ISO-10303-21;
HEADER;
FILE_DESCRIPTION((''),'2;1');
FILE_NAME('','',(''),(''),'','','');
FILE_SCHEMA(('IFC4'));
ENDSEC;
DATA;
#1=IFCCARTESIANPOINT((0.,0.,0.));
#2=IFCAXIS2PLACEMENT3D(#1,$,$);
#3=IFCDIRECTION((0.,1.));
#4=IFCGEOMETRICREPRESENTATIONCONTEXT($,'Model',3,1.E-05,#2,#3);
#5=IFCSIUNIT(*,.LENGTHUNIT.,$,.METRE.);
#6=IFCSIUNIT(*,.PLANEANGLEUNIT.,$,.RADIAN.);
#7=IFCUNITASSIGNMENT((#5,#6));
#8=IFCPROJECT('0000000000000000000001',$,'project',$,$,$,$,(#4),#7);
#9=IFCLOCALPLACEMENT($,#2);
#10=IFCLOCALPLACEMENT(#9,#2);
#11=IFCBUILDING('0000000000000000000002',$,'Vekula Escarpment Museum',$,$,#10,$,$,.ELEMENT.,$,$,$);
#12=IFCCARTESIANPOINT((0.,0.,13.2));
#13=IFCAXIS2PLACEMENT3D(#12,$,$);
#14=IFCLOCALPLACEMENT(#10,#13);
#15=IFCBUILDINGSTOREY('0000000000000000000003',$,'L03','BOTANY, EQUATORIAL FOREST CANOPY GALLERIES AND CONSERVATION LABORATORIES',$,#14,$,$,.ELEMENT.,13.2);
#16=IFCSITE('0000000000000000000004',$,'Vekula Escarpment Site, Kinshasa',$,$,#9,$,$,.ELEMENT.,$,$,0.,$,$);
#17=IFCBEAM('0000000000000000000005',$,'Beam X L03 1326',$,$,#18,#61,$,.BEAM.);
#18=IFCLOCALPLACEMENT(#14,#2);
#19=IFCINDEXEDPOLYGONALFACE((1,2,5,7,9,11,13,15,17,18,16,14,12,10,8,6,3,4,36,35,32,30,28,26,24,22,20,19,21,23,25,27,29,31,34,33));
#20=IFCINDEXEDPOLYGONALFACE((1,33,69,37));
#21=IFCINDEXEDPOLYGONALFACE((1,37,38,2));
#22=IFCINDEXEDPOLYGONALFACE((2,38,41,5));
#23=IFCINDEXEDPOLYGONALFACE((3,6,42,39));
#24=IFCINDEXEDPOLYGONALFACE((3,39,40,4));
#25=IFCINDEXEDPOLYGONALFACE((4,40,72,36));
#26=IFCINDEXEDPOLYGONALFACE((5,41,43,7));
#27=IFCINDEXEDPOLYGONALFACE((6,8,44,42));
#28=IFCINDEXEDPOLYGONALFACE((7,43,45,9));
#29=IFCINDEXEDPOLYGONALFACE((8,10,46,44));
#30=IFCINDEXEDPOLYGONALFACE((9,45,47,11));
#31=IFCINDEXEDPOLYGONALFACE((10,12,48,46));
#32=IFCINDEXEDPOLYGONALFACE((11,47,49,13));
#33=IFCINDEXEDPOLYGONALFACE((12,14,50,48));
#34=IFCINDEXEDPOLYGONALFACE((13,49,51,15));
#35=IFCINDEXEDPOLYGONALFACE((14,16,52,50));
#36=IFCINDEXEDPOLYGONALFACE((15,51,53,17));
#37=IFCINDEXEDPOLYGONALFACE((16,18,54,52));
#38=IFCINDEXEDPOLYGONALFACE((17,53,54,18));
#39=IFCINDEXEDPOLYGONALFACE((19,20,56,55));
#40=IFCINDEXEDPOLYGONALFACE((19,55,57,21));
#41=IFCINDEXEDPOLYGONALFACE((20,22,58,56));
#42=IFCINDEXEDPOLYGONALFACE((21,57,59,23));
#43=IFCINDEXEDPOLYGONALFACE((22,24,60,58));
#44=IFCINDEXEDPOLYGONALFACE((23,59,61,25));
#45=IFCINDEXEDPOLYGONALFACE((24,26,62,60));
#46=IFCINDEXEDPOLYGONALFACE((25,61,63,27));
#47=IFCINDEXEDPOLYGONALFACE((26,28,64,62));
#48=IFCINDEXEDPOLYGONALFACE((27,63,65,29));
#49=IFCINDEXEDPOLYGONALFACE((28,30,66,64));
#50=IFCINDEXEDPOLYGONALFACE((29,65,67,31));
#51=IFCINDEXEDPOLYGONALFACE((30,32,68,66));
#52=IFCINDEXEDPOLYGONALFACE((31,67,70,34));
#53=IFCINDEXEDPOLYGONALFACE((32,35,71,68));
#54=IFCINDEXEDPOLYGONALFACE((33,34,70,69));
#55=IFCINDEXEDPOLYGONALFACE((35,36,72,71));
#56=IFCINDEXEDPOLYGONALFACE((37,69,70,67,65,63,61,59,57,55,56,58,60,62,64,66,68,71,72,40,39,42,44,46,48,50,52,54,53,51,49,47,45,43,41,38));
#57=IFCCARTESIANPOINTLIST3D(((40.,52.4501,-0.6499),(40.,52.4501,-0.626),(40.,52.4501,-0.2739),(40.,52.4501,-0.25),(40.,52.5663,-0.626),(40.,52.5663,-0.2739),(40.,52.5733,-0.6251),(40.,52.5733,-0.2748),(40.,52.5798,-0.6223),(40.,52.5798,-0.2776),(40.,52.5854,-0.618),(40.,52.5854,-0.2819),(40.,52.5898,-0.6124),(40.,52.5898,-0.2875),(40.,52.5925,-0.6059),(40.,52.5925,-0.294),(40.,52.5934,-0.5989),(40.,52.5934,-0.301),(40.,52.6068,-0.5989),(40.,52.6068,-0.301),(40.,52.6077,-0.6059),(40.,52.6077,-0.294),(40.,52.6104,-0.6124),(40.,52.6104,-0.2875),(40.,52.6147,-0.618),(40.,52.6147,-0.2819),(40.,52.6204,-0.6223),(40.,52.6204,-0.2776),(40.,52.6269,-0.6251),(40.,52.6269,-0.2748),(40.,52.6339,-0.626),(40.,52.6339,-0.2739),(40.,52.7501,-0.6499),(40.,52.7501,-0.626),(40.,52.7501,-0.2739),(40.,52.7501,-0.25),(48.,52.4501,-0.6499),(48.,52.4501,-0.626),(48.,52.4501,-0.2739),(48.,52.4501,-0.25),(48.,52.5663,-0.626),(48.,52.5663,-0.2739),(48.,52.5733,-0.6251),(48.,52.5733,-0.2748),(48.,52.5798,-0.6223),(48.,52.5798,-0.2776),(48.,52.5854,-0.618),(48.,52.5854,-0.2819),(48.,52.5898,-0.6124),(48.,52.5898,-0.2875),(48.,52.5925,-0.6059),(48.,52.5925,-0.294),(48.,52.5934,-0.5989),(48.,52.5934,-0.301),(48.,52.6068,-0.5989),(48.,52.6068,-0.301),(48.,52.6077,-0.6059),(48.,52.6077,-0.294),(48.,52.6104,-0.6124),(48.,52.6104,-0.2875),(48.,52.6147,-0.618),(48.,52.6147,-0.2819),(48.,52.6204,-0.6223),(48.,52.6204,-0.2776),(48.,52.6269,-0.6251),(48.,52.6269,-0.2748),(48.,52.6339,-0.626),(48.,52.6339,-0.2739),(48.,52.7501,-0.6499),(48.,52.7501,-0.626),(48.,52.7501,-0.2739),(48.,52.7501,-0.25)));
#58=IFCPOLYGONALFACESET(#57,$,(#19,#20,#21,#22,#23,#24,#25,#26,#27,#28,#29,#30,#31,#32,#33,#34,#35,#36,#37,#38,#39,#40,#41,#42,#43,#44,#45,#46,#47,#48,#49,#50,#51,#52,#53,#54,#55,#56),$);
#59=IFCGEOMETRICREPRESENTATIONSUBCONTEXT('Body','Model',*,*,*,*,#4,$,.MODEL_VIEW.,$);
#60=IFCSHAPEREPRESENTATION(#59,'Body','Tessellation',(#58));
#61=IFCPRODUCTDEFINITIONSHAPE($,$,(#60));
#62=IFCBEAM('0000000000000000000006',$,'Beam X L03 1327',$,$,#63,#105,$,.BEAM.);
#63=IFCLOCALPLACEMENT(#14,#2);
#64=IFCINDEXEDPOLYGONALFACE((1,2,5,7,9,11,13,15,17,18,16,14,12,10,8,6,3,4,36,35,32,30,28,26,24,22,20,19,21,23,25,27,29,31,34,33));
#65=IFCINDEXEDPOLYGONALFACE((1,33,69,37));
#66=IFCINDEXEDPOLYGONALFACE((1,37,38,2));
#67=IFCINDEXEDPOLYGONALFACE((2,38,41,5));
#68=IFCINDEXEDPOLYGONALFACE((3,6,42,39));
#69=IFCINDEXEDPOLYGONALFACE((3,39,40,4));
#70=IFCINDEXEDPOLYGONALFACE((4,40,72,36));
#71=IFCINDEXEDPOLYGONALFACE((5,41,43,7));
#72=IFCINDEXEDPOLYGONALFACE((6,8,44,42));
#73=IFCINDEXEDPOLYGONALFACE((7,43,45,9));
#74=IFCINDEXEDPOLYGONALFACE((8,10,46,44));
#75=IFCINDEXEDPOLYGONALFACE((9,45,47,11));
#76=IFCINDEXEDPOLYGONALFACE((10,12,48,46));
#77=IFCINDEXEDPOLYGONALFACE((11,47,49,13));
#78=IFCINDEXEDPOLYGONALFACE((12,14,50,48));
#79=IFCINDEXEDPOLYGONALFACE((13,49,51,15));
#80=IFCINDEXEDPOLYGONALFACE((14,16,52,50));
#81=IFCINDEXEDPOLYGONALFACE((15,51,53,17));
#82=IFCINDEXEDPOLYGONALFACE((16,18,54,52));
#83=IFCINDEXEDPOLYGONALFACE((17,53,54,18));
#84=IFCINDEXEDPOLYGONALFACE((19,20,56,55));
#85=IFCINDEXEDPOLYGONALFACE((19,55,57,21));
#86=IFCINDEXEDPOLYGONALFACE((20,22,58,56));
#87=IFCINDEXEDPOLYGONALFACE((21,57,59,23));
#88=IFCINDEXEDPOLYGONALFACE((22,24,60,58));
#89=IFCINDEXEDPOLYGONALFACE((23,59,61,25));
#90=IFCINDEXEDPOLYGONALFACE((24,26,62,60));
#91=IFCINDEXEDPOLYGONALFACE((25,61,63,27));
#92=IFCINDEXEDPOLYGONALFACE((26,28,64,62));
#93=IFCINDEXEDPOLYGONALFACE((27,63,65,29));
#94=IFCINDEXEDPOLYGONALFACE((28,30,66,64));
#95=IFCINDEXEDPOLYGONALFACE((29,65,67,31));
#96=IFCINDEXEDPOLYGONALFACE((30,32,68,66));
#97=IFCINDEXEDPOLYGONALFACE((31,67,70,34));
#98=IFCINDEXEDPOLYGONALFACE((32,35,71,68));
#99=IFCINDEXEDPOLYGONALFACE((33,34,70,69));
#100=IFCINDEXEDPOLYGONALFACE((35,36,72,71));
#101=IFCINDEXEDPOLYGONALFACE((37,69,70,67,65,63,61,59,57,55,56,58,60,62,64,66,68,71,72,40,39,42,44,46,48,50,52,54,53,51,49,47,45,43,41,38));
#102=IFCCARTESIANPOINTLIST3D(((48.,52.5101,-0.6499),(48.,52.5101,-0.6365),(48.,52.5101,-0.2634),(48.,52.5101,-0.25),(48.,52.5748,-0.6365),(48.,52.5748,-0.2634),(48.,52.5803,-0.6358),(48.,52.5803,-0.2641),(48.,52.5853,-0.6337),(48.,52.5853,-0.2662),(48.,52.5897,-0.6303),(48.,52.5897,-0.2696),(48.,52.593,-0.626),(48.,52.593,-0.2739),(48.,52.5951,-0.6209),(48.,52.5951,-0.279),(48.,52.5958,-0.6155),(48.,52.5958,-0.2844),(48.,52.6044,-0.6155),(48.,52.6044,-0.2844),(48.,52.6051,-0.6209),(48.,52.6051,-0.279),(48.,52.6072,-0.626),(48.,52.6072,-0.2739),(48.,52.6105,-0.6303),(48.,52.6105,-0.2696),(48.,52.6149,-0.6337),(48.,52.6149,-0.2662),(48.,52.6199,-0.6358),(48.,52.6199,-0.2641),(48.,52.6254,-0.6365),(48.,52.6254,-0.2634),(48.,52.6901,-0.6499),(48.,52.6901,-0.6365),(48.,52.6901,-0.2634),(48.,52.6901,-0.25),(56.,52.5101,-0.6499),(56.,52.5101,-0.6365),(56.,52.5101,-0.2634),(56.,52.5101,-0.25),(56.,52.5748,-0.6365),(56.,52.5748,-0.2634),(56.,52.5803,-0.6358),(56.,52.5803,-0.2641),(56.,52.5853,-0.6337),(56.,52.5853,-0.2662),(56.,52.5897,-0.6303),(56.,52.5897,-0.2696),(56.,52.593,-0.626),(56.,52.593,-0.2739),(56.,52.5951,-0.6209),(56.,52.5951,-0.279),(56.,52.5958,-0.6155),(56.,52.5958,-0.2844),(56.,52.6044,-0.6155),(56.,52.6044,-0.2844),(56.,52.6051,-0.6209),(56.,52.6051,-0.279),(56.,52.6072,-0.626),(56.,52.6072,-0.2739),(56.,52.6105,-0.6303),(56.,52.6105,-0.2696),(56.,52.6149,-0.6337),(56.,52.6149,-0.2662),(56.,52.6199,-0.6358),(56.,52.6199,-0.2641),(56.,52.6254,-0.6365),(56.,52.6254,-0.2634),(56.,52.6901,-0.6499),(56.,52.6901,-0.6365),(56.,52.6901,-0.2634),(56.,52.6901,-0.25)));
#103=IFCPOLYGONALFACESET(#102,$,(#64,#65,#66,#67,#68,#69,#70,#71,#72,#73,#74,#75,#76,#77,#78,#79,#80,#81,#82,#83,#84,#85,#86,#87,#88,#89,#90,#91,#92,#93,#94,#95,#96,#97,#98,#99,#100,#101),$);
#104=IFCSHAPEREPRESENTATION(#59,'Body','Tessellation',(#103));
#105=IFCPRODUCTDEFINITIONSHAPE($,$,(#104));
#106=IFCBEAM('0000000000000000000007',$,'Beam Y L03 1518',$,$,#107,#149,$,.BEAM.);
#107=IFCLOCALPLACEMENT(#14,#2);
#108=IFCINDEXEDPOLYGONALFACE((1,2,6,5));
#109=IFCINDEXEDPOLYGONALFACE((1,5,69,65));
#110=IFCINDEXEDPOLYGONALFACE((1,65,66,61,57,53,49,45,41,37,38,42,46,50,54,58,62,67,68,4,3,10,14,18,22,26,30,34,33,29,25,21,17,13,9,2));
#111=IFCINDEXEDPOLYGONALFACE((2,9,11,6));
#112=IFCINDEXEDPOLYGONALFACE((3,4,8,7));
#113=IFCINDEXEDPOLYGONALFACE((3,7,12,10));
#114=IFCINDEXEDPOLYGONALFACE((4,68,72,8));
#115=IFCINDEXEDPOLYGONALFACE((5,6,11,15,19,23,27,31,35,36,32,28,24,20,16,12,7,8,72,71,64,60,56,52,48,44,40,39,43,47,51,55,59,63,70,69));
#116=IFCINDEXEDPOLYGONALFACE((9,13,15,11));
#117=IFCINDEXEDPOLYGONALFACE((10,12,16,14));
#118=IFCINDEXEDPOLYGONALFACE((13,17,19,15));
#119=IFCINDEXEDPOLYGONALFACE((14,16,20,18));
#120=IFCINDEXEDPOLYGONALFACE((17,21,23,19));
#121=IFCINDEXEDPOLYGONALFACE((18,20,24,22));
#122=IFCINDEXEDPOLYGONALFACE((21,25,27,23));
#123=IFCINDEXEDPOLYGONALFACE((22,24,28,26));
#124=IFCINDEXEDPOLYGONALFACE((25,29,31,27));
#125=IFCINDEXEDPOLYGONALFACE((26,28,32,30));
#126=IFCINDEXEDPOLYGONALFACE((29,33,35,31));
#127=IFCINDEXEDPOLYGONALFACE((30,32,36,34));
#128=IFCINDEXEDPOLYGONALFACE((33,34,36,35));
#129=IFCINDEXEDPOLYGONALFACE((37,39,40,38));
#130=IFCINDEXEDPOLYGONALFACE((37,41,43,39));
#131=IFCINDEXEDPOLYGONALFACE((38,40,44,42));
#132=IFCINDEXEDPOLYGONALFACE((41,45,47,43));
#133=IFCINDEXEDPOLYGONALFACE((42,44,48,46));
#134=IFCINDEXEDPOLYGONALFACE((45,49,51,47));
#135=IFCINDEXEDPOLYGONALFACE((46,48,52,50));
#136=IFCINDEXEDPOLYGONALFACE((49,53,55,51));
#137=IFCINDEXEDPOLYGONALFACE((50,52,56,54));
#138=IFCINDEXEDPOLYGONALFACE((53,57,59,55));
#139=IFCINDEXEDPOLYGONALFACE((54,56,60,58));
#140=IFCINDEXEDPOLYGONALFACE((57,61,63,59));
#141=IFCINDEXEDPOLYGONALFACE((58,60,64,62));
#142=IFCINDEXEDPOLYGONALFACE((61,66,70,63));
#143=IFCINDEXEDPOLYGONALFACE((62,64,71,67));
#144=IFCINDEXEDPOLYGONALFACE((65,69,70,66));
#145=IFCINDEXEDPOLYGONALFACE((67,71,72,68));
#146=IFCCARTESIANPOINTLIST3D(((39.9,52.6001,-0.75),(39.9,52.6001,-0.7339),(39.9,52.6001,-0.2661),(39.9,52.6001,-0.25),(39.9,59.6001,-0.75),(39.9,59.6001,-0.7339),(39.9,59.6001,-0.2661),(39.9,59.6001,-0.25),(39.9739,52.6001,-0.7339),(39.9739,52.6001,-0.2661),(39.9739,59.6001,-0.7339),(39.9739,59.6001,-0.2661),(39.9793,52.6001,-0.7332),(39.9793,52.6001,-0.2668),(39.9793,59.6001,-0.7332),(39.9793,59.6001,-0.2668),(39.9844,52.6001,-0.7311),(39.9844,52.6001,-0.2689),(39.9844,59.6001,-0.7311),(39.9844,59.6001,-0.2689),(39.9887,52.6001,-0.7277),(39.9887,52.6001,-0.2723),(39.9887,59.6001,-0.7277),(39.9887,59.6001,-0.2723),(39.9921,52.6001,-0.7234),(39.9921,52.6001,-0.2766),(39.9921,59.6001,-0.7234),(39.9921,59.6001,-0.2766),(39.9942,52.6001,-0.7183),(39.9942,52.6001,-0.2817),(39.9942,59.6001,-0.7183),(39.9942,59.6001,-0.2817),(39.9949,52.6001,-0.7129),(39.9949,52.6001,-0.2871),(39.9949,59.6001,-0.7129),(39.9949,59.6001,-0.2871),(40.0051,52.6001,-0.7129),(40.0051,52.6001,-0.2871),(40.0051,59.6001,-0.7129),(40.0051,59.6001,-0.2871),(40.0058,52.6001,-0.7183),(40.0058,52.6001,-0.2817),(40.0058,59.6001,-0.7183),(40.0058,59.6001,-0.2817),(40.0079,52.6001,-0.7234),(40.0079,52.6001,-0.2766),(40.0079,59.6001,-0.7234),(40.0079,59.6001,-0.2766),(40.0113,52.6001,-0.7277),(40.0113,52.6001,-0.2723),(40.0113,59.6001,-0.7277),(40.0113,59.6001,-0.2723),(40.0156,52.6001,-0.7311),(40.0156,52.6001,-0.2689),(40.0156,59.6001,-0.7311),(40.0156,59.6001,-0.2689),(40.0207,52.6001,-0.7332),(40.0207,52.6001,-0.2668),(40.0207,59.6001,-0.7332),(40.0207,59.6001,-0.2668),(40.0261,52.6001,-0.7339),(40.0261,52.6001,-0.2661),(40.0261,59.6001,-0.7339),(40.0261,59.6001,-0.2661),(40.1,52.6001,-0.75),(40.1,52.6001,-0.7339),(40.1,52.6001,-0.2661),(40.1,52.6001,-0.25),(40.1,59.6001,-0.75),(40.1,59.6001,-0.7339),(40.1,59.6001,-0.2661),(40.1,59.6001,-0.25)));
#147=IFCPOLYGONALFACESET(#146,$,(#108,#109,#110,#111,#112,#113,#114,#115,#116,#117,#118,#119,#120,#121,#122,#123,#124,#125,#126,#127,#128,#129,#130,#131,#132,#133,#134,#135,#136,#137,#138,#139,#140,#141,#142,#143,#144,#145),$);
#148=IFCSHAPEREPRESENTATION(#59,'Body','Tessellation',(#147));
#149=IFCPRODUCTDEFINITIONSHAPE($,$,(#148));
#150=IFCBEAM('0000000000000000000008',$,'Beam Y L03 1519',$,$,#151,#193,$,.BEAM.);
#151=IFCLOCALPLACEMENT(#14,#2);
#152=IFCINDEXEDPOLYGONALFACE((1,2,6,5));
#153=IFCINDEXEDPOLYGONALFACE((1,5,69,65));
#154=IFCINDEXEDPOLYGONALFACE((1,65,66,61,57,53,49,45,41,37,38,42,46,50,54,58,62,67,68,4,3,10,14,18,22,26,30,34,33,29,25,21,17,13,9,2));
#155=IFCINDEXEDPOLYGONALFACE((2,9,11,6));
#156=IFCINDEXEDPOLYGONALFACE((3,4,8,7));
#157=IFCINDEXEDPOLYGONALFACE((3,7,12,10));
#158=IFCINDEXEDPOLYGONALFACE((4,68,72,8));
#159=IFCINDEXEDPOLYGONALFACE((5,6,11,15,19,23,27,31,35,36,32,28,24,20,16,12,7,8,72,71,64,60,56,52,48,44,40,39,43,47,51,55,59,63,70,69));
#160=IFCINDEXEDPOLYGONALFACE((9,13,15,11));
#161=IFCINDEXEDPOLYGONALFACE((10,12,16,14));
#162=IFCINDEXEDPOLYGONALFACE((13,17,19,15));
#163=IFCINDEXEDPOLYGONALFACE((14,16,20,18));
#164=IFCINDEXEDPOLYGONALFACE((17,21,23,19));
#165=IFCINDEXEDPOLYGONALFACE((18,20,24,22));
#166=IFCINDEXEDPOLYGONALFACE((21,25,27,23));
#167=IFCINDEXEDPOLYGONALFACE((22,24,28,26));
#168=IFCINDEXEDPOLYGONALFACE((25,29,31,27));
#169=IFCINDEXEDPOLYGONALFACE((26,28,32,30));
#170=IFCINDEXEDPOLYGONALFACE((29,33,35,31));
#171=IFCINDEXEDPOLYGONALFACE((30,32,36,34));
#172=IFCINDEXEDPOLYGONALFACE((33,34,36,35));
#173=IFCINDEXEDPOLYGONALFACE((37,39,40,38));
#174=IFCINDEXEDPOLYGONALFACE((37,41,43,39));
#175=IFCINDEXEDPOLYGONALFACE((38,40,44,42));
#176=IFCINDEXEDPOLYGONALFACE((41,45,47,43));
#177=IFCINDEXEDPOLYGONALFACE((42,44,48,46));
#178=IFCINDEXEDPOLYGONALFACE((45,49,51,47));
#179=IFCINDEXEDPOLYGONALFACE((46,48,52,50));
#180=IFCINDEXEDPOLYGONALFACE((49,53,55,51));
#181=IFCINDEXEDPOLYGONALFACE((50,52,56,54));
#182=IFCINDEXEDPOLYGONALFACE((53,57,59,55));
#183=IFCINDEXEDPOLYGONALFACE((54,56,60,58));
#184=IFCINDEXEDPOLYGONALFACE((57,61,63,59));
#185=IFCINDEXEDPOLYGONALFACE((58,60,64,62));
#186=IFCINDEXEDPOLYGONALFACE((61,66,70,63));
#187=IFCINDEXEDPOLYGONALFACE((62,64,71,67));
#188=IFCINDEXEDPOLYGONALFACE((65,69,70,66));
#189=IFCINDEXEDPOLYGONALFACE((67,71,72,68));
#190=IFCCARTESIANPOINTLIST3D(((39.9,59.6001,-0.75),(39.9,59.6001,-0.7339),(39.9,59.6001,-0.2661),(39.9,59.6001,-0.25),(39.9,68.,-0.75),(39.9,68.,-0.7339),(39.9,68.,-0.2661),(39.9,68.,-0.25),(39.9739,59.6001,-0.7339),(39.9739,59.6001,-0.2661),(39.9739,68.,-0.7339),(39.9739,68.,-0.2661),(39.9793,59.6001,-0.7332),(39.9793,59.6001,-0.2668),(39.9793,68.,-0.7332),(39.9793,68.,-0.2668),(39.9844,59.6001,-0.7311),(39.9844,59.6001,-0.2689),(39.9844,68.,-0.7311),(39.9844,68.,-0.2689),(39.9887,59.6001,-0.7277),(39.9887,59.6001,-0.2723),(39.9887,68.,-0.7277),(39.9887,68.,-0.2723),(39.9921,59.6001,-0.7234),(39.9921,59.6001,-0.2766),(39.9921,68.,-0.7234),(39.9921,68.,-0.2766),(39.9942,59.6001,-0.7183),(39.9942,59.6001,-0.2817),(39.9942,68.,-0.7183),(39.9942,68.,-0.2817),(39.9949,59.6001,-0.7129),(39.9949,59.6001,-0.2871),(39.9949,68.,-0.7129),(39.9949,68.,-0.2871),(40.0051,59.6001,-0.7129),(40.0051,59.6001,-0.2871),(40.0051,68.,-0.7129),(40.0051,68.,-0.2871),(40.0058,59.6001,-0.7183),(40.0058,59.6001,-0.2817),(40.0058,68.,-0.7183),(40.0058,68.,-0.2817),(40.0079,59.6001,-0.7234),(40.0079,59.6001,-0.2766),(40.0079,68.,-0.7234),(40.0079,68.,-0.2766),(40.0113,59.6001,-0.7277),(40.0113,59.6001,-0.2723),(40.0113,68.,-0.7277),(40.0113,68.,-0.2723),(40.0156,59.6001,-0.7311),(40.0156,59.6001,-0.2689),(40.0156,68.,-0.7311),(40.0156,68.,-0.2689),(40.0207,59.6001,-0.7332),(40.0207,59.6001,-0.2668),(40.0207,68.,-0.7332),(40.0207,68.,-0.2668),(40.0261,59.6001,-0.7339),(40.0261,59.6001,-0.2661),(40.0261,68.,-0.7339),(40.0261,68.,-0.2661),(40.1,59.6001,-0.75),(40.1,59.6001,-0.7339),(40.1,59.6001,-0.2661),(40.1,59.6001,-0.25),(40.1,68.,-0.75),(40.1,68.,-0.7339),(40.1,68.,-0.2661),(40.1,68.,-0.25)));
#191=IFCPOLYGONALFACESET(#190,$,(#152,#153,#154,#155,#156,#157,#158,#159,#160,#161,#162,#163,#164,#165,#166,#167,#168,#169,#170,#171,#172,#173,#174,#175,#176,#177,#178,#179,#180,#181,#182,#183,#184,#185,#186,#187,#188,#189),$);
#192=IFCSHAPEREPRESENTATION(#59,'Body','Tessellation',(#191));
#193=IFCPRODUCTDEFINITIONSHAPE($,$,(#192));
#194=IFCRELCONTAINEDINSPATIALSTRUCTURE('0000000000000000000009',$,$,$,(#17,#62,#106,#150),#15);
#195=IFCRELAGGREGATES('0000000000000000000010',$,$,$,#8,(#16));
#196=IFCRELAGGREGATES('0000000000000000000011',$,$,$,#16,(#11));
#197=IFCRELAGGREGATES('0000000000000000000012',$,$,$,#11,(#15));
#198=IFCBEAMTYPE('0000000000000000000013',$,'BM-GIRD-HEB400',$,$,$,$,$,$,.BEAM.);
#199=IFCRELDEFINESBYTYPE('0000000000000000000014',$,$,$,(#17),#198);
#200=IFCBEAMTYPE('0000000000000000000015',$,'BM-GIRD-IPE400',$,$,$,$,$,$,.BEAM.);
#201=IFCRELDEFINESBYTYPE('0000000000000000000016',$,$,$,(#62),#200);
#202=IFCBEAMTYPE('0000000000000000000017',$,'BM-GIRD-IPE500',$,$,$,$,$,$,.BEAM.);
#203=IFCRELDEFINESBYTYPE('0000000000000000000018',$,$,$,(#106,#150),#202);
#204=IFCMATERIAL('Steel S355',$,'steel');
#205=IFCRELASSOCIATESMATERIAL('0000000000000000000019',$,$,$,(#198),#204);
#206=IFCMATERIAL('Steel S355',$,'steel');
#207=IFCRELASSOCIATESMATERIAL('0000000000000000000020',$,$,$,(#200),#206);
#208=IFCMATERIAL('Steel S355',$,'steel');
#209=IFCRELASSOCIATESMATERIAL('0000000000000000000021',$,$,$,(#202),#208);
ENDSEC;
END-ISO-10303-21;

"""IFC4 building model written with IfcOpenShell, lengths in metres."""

from ifc_helpers import new_model, si_unit, direction, frame, origin, origin_2d, place, context, subcontext, project, spatial, i_section, extrude, material, material_profile, profile_set, type_object, element, save


model = new_model("IFC4")

# Units and contexts
model_context = context("Model", 3, precision=1e-05, world=origin(), true_north=direction((0.0, 1.0)))
body_context = subcontext(model_context, "Body", "Model", "MODEL_VIEW")
ifc_project = project(units=[si_unit("LENGTHUNIT", "METRE"), si_unit("PLANEANGLEUNIT", "RADIAN")], contexts=[model_context])

# Site, building, storey
site_placement = place(None, origin())
site = spatial("IfcSite", under=ifc_project, at=site_placement, Name="Vekula Escarpment Site, Kinshasa", CompositionType="ELEMENT", RefElevation=0.0)
building_placement = place(site_placement, origin())
building = spatial("IfcBuilding", under=site, at=building_placement, Name="Vekula Escarpment Museum", CompositionType="ELEMENT")
storey_placement = place(building_placement, frame((0.0, 0.0, 13.2)))
storey = spatial("IfcBuildingStorey", under=building, at=storey_placement, Name="L03", Description="BOTANY, EQUATORIAL FOREST CANOPY GALLERIES AND CONSERVATION LABORATORIES", CompositionType="ELEMENT", Elevation=13.2)

# Beams
ifc_material_1 = material(Name="Steel S355", Category="steel")
ifc_material_profile_1 = material_profile(ifc_material_1, i_section(OverallWidth=0.3, OverallDepth=0.3999, WebThickness=0.0134, FlangeThickness=0.0239, FilletRadius=0.0271, at=origin_2d()), Name="HEB 400")
ifc_profile_set_1 = profile_set([ifc_material_profile_1], Name="Steel S355")
beam_type_1 = type_object("IfcBeamType", Name="BM-GIRD-HEB400", PredefinedType="BEAM", material=ifc_profile_set_1)
beam_1_placement = place(storey_placement, frame((40.0, 52.6001, -0.45), z_axis=(1.0, 0.0, 0.0), x_axis=(0.0, 1.0, 0.0)))
element("IfcBeam", 1, at=beam_1_placement, inside=storey, type_object=beam_type_1, Name="Beam X L03 1326", PredefinedType="BEAM", context=body_context, shape_type="SweptSolid", body=[
    extrude(i_section(OverallWidth=0.3, OverallDepth=0.3999, WebThickness=0.0134, FlangeThickness=0.0239, FilletRadius=0.0271, at=origin_2d()), origin(), (0.0, 0.0, 1.0), 8.0),
])
ifc_material_2 = material(Name="Steel S355", Category="steel")
ifc_material_profile_2 = material_profile(ifc_material_2, i_section(OverallWidth=0.1799, OverallDepth=0.3999, WebThickness=0.0085, FlangeThickness=0.0134, FilletRadius=0.021, at=origin_2d()), Name="IPE 400")
ifc_profile_set_2 = profile_set([ifc_material_profile_2], Name="Steel S355")
beam_type_2 = type_object("IfcBeamType", Name="BM-GIRD-IPE400", PredefinedType="BEAM", material=ifc_profile_set_2)
beam_2_placement = place(storey_placement, frame((48.0, 52.6001, -0.45), z_axis=(1.0, 0.0, 0.0), x_axis=(0.0, 1.0, 0.0)))
element("IfcBeam", 2, at=beam_2_placement, inside=storey, type_object=beam_type_2, Name="Beam X L03 1327", PredefinedType="BEAM", context=body_context, shape_type="SweptSolid", body=[
    extrude(i_section(OverallWidth=0.1799, OverallDepth=0.3999, WebThickness=0.0085, FlangeThickness=0.0134, FilletRadius=0.021, at=origin_2d()), origin(), (0.0, 0.0, 1.0), 8.0),
])
ifc_material_3 = material(Name="Steel S355", Category="steel")
ifc_material_profile_3 = material_profile(ifc_material_3, i_section(OverallWidth=0.2, OverallDepth=0.5, WebThickness=0.0103, FlangeThickness=0.0161, FilletRadius=0.021, at=origin_2d()), Name="IPE 500")
ifc_profile_set_3 = profile_set([ifc_material_profile_3], Name="Steel S355")
beam_type_3 = type_object("IfcBeamType", Name="BM-GIRD-IPE500", PredefinedType="BEAM", material=ifc_profile_set_3)
beam_3_placement = place(storey_placement, frame((40.0, 52.6001, -0.5), z_axis=(0.0, 1.0, 0.0), x_axis=(-1.0, 0.0, 0.0)))
element("IfcBeam", 3, at=beam_3_placement, inside=storey, type_object=beam_type_3, Name="Beam Y L03 1518", PredefinedType="BEAM", context=body_context, shape_type="SweptSolid", body=[
    extrude(i_section(OverallWidth=0.2, OverallDepth=0.5, WebThickness=0.0103, FlangeThickness=0.0161, FilletRadius=0.021, at=origin_2d()), origin(), (0.0, 0.0, 1.0), 7.0),
])
beam_4_placement = place(storey_placement, frame((40.0, 59.6001, -0.5), z_axis=(0.0, 1.0, 0.0), x_axis=(-1.0, 0.0, 0.0)))
element("IfcBeam", 4, at=beam_4_placement, inside=storey, type_object=beam_type_3, Name="Beam Y L03 1519", PredefinedType="BEAM", context=body_context, shape_type="SweptSolid", body=[
    extrude(i_section(OverallWidth=0.2, OverallDepth=0.5, WebThickness=0.0103, FlangeThickness=0.0161, FilletRadius=0.021, at=origin_2d()), origin(), (0.0, 0.0, 1.0), 8.3999),
])

save(model, "model.ifc")
